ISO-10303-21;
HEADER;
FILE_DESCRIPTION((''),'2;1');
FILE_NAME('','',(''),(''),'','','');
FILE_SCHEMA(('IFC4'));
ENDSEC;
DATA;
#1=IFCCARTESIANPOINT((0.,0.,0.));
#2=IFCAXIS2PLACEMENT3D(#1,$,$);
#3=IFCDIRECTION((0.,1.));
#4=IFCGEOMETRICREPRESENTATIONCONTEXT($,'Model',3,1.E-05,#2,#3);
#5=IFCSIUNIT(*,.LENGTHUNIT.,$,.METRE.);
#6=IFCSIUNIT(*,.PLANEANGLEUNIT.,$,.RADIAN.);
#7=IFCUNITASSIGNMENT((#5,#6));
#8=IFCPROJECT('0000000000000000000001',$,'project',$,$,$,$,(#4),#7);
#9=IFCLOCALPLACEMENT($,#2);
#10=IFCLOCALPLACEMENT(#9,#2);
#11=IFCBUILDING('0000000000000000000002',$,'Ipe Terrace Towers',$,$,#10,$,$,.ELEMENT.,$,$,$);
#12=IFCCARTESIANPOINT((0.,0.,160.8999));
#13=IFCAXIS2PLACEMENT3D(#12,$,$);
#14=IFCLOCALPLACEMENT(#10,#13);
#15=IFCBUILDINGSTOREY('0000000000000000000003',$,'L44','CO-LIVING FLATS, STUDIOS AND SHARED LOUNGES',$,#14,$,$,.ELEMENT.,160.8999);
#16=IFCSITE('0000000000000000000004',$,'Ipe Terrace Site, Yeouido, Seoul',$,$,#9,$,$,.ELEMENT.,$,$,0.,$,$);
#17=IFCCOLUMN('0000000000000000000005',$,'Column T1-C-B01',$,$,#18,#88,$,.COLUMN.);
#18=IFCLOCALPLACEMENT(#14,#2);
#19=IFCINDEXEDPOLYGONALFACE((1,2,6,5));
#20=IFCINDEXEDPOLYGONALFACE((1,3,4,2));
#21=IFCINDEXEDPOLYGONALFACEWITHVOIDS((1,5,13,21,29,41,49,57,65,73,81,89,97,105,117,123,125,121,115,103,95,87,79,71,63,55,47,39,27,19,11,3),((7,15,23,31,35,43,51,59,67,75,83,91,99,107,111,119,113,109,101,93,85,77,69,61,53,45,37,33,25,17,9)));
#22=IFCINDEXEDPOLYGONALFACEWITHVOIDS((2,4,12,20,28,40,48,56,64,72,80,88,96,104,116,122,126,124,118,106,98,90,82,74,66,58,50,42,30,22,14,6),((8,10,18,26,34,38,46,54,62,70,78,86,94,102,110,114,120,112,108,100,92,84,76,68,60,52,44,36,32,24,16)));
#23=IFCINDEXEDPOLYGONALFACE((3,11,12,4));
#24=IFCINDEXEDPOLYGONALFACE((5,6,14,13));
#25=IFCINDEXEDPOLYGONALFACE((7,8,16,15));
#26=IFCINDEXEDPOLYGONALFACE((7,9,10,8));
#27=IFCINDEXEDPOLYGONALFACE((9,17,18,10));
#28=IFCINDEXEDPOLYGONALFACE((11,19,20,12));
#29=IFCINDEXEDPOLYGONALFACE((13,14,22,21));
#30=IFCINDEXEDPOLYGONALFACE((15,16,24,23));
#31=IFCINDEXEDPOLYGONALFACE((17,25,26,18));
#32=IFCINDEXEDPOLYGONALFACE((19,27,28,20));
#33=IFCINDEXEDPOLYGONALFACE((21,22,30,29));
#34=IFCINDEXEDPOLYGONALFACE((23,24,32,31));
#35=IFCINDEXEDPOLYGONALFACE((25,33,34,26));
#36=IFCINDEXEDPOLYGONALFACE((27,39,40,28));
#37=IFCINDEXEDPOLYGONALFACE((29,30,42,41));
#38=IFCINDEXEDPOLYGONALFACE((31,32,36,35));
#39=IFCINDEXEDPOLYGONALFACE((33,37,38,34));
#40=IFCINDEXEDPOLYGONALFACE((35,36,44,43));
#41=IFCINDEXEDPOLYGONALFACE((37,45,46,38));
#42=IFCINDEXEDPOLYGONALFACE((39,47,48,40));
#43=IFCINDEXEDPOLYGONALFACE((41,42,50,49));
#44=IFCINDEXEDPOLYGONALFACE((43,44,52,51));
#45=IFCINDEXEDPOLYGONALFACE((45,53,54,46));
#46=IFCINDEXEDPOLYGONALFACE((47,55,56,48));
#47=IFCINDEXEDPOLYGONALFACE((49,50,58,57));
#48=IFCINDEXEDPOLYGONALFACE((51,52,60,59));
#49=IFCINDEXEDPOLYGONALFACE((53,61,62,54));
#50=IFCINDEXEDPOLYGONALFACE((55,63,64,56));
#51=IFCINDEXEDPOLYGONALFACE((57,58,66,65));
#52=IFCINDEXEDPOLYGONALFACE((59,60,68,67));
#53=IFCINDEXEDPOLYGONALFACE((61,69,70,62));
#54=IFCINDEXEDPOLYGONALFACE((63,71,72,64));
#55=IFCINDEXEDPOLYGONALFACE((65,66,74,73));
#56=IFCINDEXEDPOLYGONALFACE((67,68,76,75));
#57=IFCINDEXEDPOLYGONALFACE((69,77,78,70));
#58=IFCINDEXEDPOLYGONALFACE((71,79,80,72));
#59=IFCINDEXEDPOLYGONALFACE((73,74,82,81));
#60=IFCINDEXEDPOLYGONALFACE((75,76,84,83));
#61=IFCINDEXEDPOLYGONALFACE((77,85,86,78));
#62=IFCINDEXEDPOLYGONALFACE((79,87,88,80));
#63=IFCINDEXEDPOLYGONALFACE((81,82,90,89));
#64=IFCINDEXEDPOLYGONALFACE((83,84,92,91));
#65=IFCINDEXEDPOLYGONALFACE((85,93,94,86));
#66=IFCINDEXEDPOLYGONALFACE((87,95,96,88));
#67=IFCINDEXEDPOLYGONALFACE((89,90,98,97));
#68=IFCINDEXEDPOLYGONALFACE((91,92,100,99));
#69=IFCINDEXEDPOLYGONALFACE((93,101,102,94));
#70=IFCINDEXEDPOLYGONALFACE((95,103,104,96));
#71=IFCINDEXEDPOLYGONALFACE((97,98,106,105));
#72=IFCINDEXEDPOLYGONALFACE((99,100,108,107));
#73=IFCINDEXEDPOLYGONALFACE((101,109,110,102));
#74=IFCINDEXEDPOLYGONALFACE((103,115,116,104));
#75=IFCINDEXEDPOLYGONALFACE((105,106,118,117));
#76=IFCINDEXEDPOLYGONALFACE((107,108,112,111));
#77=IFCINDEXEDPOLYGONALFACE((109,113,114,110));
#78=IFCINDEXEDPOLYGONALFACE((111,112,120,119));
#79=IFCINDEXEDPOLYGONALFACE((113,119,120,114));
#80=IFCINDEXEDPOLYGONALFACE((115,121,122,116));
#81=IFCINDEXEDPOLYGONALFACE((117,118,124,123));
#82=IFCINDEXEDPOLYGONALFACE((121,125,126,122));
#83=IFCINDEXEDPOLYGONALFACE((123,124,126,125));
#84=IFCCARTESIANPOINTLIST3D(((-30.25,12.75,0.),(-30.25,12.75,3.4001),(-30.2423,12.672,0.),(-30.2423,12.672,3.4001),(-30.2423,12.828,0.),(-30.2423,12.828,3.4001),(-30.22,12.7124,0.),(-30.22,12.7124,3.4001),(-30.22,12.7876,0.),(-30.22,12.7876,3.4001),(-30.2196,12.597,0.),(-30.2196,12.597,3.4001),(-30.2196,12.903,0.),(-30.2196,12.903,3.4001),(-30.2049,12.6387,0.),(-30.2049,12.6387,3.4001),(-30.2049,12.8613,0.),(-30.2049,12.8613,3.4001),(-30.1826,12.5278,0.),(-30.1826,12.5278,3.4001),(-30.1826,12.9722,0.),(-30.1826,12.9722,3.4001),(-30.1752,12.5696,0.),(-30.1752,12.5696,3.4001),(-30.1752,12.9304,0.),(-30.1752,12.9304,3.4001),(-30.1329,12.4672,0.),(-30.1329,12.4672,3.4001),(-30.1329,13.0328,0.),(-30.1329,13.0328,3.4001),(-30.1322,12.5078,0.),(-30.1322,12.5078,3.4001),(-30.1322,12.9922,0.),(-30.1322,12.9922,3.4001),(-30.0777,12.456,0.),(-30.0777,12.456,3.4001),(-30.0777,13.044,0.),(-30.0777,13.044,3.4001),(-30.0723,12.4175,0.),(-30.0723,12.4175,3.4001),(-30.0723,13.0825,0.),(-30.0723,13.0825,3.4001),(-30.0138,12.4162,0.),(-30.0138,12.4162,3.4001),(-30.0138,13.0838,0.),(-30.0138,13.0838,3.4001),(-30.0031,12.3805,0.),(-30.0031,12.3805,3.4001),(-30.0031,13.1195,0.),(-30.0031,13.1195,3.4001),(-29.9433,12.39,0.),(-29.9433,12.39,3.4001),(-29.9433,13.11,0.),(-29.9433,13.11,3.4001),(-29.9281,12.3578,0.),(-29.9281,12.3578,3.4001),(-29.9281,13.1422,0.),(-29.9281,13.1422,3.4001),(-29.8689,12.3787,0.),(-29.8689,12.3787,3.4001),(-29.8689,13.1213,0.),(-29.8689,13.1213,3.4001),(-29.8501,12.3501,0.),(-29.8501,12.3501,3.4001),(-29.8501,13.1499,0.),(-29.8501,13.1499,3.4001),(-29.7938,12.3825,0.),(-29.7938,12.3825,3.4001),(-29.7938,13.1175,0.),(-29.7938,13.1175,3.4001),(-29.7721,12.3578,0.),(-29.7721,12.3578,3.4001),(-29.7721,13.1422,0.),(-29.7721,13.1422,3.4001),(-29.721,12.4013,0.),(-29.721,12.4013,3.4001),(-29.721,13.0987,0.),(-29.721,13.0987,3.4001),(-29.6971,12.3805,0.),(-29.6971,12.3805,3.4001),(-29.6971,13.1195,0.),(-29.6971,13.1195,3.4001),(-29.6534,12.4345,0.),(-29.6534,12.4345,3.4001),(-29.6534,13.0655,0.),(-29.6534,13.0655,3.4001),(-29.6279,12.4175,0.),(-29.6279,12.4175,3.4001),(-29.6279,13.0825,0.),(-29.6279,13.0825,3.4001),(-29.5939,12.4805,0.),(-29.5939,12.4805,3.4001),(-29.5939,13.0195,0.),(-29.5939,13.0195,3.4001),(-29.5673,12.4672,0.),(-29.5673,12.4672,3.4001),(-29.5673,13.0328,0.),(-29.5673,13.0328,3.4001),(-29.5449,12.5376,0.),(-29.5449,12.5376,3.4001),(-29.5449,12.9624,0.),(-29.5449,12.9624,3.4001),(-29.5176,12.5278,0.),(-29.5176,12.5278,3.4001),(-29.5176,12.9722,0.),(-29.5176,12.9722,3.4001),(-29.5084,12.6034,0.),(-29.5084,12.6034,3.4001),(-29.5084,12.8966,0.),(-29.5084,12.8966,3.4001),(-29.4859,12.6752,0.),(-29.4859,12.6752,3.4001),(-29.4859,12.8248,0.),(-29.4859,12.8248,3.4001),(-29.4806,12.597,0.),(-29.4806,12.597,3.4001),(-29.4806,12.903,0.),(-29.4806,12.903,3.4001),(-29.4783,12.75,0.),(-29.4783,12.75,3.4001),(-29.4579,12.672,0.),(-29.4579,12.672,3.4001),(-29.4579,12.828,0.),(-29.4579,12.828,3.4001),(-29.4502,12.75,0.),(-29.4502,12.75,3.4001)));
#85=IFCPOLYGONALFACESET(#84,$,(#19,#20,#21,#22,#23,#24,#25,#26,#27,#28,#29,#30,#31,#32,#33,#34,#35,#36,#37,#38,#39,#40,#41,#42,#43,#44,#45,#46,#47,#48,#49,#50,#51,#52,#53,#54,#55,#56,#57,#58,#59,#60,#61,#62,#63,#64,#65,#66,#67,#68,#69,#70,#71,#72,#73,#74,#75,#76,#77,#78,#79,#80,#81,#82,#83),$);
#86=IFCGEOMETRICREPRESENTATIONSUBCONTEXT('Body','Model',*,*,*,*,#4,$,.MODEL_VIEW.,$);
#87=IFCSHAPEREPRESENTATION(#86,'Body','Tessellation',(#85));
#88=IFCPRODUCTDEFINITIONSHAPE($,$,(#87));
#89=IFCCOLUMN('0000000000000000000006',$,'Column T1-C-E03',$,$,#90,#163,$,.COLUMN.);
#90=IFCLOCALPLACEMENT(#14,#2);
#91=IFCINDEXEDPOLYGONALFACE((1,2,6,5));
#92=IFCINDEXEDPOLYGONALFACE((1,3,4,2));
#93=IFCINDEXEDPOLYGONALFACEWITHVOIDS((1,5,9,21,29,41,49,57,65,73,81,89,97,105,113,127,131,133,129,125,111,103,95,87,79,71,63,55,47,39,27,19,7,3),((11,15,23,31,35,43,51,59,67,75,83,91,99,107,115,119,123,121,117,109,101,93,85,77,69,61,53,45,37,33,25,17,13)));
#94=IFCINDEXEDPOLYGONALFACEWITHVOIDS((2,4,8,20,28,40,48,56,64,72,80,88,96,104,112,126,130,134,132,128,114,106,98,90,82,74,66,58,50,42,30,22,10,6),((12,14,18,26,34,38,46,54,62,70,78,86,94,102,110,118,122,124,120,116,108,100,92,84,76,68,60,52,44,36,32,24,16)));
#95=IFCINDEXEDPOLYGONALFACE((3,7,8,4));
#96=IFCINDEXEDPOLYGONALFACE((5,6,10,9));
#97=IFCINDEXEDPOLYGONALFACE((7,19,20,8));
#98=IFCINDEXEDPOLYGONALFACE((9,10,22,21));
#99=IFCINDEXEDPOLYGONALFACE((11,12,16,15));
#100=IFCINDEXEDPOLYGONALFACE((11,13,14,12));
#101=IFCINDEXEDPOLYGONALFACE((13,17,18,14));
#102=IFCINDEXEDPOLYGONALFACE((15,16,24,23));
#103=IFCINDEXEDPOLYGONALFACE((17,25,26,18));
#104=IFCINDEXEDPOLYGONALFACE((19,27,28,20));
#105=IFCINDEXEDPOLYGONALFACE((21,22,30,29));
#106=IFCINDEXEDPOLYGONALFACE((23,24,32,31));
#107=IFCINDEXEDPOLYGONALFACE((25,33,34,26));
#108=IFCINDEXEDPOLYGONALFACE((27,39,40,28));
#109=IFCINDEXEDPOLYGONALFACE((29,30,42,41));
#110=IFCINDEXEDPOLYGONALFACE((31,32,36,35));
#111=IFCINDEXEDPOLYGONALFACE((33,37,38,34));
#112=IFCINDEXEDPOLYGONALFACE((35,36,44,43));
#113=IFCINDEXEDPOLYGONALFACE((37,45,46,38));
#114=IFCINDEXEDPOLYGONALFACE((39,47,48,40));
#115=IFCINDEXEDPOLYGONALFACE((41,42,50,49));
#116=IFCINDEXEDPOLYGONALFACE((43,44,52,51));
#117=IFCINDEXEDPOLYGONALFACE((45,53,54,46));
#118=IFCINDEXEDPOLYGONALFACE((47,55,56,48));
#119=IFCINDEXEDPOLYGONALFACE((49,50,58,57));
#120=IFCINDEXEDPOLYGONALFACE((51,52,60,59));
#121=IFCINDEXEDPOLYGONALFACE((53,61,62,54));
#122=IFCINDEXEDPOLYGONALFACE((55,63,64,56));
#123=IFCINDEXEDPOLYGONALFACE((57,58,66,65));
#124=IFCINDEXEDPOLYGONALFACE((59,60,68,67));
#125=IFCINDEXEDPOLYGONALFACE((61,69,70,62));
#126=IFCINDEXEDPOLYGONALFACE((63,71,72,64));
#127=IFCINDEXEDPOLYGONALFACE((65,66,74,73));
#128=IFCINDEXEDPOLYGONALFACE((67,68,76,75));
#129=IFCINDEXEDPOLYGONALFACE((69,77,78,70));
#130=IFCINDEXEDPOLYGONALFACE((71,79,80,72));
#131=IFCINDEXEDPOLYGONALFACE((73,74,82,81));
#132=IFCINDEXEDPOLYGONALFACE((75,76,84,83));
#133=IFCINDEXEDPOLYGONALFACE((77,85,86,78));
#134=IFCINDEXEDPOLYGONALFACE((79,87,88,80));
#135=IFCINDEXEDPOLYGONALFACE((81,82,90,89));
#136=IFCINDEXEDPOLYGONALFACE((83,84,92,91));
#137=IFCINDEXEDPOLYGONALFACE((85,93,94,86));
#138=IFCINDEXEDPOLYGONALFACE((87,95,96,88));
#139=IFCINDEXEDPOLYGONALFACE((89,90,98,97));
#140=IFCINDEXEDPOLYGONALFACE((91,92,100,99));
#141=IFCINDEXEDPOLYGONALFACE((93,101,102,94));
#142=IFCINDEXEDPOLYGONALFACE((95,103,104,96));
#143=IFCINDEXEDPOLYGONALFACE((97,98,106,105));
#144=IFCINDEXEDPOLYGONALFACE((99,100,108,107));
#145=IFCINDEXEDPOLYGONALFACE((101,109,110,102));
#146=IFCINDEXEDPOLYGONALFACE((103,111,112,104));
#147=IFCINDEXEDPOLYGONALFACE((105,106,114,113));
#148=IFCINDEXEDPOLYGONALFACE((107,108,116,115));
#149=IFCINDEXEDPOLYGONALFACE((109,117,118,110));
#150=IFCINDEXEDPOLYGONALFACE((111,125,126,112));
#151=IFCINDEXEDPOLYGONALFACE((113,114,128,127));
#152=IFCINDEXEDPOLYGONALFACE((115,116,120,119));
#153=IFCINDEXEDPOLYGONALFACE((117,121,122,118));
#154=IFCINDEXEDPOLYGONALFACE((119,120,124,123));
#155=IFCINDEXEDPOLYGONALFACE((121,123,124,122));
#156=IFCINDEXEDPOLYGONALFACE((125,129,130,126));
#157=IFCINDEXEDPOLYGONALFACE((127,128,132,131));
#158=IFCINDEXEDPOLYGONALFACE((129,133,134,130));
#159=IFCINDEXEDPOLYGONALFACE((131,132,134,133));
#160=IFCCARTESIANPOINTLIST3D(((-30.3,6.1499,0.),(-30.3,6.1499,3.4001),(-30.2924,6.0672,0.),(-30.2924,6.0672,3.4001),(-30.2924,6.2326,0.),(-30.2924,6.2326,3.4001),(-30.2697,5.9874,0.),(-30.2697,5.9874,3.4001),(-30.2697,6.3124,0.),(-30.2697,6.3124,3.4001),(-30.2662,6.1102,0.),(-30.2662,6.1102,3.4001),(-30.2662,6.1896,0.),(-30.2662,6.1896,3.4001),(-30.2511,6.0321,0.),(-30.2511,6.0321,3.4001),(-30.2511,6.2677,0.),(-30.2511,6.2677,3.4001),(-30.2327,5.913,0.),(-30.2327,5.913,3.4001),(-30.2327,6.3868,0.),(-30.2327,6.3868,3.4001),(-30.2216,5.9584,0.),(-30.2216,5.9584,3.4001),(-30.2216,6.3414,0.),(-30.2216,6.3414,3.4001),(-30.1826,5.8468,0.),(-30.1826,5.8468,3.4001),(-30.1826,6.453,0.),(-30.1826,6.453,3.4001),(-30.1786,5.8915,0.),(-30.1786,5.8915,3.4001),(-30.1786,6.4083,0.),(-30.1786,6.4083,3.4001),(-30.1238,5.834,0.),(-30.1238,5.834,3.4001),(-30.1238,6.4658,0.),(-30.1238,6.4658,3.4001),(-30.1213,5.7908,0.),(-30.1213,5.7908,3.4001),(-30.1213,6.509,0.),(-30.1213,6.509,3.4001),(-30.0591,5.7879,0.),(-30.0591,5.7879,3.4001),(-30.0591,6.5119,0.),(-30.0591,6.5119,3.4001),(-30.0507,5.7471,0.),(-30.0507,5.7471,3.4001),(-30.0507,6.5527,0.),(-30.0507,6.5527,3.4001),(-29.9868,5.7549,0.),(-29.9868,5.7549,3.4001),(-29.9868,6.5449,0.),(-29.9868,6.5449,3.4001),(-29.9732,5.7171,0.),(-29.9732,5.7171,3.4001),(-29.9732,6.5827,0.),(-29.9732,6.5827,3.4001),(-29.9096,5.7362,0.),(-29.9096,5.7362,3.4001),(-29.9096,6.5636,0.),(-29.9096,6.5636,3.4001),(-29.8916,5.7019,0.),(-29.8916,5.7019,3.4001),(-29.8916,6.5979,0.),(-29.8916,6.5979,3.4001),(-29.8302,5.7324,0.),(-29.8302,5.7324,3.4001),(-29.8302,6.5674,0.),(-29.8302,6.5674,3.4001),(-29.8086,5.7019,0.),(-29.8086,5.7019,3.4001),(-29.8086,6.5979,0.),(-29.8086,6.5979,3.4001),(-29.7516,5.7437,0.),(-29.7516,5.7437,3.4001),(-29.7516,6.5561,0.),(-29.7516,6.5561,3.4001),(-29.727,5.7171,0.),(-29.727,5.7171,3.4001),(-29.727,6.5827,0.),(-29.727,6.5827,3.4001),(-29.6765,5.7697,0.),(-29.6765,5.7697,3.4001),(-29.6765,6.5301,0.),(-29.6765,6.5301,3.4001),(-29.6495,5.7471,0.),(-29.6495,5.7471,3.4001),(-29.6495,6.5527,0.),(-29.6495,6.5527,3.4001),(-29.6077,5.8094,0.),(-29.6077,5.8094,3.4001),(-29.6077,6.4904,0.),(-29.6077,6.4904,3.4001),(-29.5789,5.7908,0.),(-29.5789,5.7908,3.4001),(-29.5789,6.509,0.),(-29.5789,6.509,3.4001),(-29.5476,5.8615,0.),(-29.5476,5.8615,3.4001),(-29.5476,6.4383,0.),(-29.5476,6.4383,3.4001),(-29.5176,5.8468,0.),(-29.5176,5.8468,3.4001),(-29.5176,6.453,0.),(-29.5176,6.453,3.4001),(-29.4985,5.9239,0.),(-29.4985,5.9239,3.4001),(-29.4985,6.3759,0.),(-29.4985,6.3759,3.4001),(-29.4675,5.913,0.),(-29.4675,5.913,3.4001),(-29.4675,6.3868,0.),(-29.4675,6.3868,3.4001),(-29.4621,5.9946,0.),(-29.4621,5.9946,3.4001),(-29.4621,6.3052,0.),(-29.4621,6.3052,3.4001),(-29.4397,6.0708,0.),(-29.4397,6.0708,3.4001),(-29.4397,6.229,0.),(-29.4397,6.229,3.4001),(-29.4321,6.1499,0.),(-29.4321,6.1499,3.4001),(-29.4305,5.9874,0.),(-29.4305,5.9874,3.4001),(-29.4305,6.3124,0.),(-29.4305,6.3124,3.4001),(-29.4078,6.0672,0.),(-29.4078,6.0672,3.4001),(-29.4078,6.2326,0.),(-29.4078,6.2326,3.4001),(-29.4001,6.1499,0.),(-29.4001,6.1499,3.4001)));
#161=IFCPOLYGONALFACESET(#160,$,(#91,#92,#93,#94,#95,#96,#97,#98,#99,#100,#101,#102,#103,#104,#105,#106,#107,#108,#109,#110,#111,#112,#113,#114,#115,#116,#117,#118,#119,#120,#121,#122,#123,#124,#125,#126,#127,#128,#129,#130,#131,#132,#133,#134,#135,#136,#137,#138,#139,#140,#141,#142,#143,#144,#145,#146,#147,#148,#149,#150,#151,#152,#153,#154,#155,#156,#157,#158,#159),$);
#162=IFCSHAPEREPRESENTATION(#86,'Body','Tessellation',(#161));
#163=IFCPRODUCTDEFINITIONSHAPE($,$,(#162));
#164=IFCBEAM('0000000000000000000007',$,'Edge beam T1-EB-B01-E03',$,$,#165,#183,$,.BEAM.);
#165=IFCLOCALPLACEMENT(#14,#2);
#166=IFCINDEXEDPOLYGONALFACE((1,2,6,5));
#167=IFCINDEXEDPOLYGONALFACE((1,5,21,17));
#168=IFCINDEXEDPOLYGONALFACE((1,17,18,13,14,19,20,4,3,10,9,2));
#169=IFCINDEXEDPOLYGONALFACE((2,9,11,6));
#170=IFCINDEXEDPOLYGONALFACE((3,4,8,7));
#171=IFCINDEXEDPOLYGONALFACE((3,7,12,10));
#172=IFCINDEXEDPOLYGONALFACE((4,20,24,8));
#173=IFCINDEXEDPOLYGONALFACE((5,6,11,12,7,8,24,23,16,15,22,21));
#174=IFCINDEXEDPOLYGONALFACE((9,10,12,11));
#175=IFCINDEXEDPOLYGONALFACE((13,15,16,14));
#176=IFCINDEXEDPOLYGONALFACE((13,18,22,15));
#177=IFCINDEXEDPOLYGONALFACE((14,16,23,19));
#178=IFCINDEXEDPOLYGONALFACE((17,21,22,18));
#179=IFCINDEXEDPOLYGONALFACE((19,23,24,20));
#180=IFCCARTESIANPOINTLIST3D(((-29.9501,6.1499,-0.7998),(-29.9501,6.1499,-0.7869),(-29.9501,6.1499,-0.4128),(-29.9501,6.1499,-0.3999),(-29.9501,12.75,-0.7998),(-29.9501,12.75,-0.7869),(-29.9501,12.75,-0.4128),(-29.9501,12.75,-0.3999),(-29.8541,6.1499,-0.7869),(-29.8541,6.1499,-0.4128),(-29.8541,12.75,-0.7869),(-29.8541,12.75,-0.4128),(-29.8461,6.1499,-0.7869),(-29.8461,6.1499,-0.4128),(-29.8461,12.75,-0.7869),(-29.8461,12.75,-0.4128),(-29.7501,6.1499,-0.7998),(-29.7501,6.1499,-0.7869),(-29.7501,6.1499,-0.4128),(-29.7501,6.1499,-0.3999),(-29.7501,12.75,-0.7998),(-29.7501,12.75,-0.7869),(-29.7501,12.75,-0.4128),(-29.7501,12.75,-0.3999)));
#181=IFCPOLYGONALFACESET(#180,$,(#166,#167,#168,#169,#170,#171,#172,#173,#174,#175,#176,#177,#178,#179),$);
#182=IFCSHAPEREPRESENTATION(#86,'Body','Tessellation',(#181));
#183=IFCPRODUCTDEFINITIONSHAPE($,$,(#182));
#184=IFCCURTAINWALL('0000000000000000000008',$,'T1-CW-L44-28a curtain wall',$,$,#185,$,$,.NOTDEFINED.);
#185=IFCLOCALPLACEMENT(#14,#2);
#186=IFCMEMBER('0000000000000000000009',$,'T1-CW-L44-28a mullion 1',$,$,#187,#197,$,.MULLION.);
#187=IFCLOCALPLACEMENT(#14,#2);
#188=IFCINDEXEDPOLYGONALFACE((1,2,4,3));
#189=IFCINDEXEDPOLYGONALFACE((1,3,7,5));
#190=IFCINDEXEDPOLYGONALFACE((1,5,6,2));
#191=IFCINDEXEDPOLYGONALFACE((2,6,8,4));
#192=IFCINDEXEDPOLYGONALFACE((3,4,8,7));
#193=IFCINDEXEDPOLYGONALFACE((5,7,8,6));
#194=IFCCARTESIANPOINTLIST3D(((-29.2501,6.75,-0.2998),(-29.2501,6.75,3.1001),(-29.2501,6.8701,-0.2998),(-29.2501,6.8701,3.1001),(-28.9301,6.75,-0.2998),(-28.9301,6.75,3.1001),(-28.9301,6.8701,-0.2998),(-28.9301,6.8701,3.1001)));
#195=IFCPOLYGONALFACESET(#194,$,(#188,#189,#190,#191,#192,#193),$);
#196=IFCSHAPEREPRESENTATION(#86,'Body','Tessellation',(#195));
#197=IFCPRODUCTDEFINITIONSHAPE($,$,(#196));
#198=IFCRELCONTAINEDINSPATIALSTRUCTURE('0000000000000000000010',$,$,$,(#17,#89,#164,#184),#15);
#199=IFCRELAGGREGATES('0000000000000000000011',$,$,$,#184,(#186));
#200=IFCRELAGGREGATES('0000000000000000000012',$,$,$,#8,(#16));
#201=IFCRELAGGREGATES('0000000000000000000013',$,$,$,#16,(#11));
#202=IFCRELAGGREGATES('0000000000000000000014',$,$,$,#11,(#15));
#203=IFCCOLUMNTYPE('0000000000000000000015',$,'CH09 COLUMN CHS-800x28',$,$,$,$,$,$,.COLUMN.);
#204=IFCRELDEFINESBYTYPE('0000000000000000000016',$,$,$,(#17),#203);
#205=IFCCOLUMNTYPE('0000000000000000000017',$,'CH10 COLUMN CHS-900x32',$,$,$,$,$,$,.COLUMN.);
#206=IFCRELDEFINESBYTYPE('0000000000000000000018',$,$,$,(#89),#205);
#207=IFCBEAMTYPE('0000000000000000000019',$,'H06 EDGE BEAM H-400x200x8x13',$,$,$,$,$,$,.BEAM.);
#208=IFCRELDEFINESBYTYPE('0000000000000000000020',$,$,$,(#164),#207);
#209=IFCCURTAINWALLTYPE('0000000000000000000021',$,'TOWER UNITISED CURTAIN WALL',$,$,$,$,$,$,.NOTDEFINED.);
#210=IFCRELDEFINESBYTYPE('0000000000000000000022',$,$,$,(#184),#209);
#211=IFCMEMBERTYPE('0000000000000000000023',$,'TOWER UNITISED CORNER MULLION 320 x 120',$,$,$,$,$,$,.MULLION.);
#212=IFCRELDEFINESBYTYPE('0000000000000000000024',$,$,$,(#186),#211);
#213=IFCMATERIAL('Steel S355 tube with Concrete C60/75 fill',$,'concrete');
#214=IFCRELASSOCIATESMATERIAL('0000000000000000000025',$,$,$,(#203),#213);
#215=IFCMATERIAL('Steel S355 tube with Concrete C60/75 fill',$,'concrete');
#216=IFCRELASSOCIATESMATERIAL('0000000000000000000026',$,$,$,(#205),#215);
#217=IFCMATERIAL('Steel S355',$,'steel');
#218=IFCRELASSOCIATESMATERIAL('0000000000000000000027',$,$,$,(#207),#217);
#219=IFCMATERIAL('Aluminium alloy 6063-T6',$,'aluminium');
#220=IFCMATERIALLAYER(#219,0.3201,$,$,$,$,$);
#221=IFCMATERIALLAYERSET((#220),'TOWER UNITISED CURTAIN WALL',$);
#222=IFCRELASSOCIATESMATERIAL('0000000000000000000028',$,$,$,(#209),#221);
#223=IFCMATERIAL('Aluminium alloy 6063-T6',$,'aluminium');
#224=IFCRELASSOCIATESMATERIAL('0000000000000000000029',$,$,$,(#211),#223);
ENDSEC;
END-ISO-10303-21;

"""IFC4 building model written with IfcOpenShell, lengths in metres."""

from ifc_helpers import new_model, si_unit, direction, frame, origin, origin_2d, place, context, subcontext, project, spatial, rectangle, hollow_circle, i_section, extrude, material, layer, layer_set, material_profile, profile_set, type_object, element, aggregate, save


model = new_model("IFC4")

# Units and contexts
model_context = context("Model", 3, precision=1e-05, world=origin(), true_north=direction((0.0, 1.0)))
body_context = subcontext(model_context, "Body", "Model", "MODEL_VIEW")
ifc_project = project(units=[si_unit("LENGTHUNIT", "METRE"), si_unit("PLANEANGLEUNIT", "RADIAN")], contexts=[model_context])

# Site, building, storey
site_placement = place(None, origin())
site = spatial("IfcSite", under=ifc_project, at=site_placement, Name="Ipe Terrace Site, Yeouido, Seoul", CompositionType="ELEMENT", RefElevation=0.0)
building_placement = place(site_placement, origin())
building = spatial("IfcBuilding", under=site, at=building_placement, Name="Ipe Terrace Towers", CompositionType="ELEMENT")
storey_placement = place(building_placement, frame((0.0, 0.0, 160.8999)))
storey = spatial("IfcBuildingStorey", under=building, at=storey_placement, Name="L44", Description="CO-LIVING FLATS, STUDIOS AND SHARED LOUNGES", CompositionType="ELEMENT", Elevation=160.8999)

# Columns
ifc_material_1 = material(Name="Steel S355 tube with Concrete C60/75 fill", Category="concrete")
ifc_material_profile_1 = material_profile(ifc_material_1, hollow_circle(Radius=0.3999, WallThickness=0.0281, at=origin_2d()), Name="CHS-800x28")
ifc_profile_set_1 = profile_set([ifc_material_profile_1], Name="Steel S355 tube with Concrete C60/75 fill")
column_type_1 = type_object("IfcColumnType", Name="CH09 COLUMN CHS-800x28", PredefinedType="COLUMN", material=ifc_profile_set_1)
column_1_placement = place(storey_placement, frame((-29.8501, 12.75, 0.0), z_axis=(0.0, 0.0, 1.0), x_axis=(1.0, 0.0, 0.0)))
element("IfcColumn", 1, at=column_1_placement, inside=storey, type_object=column_type_1, Name="Column T1-C-B01", PredefinedType="COLUMN", context=body_context, shape_type="SweptSolid", body=[
    extrude(hollow_circle(Radius=0.3999, WallThickness=0.0281, at=origin_2d()), origin(), (0.0, 0.0, 1.0), 3.4001),
])
ifc_material_2 = material(Name="Steel S355 tube with Concrete C60/75 fill", Category="concrete")
ifc_material_profile_2 = material_profile(ifc_material_2, hollow_circle(Radius=0.45, WallThickness=0.032, at=origin_2d()), Name="CHS-900x32")
ifc_profile_set_2 = profile_set([ifc_material_profile_2], Name="Steel S355 tube with Concrete C60/75 fill")
column_type_2 = type_object("IfcColumnType", Name="CH10 COLUMN CHS-900x32", PredefinedType="COLUMN", material=ifc_profile_set_2)
column_2_placement = place(storey_placement, frame((-29.8501, 6.1499, 0.0), z_axis=(0.0, 0.0, 1.0), x_axis=(1.0, 0.0, 0.0)))
element("IfcColumn", 2, at=column_2_placement, inside=storey, type_object=column_type_2, Name="Column T1-C-E03", PredefinedType="COLUMN", context=body_context, shape_type="SweptSolid", body=[
    extrude(hollow_circle(Radius=0.45, WallThickness=0.032, at=origin_2d()), origin(), (0.0, 0.0, 1.0), 3.4001),
])

# Beam
ifc_material_3 = material(Name="Steel S355", Category="steel")
ifc_material_profile_3 = material_profile(ifc_material_3, i_section(OverallWidth=0.2, OverallDepth=0.3999, WebThickness=0.0081, FlangeThickness=0.0129, at=origin_2d()), Name="H-400x200x8x13")
ifc_profile_set_3 = profile_set([ifc_material_profile_3], Name="Steel S355")
beam_type = type_object("IfcBeamType", Name="H06 EDGE BEAM H-400x200x8x13", PredefinedType="BEAM", material=ifc_profile_set_3)
beam_placement = place(storey_placement, frame((-29.8501, 12.75, -0.5999), z_axis=(0.0, -1.0, 0.0), x_axis=(1.0, 0.0, 0.0)))
element("IfcBeam", 3, at=beam_placement, inside=storey, type_object=beam_type, Name="Edge beam T1-EB-B01-E03", PredefinedType="BEAM", context=body_context, shape_type="SweptSolid", body=[
    extrude(i_section(OverallWidth=0.2, OverallDepth=0.3999, WebThickness=0.0081, FlangeThickness=0.0129, at=origin_2d()), origin(), (0.0, 0.0, 1.0), 6.6001),
])

# Curtain wall, member
ifc_material_4 = material(Name="Aluminium alloy 6063-T6", Category="aluminium")
ifc_layer_1 = layer(ifc_material_4, 0.3201)
ifc_layer_set_1 = layer_set([ifc_layer_1], Name="TOWER UNITISED CURTAIN WALL")
curtain_wall_type = type_object("IfcCurtainWallType", Name="TOWER UNITISED CURTAIN WALL", PredefinedType="NOTDEFINED", material=ifc_layer_set_1)
curtain_wall_placement = place(storey_placement, origin())
curtain_wall = element("IfcCurtainWall", 4, at=curtain_wall_placement, inside=storey, type_object=curtain_wall_type, Name="T1-CW-L44-28a curtain wall", PredefinedType="NOTDEFINED")
ifc_material_5 = material(Name="Aluminium alloy 6063-T6", Category="aluminium")
ifc_material_profile_4 = material_profile(ifc_material_5, rectangle(XDim=0.3201, YDim=0.1201, at=origin_2d()), Name="TOWER UNITISED CORNER MULLION 320 x 120")
ifc_profile_set_4 = profile_set([ifc_material_profile_4], Name="Aluminium alloy 6063-T6")
member_type = type_object("IfcMemberType", Name="TOWER UNITISED CORNER MULLION 320 x 120", PredefinedType="MULLION", material=ifc_profile_set_4)
member_1_placement = place(storey_placement, frame((-29.0901, 6.8101, -0.2998), z_axis=(0.0, 0.0, 1.0), x_axis=(1.0, 0.0, 0.0)))
member_1 = element("IfcMember", 5, at=member_1_placement, type_object=member_type, Name="T1-CW-L44-28a mullion 1", PredefinedType="MULLION", context=body_context, shape_type="SweptSolid", body=[
    extrude(rectangle(XDim=0.3201, YDim=0.1201, at=origin_2d()), origin(), (0.0, 0.0, 1.0), 3.3999),
])
aggregate(curtain_wall, [member_1])

save(model, "model.ifc")
